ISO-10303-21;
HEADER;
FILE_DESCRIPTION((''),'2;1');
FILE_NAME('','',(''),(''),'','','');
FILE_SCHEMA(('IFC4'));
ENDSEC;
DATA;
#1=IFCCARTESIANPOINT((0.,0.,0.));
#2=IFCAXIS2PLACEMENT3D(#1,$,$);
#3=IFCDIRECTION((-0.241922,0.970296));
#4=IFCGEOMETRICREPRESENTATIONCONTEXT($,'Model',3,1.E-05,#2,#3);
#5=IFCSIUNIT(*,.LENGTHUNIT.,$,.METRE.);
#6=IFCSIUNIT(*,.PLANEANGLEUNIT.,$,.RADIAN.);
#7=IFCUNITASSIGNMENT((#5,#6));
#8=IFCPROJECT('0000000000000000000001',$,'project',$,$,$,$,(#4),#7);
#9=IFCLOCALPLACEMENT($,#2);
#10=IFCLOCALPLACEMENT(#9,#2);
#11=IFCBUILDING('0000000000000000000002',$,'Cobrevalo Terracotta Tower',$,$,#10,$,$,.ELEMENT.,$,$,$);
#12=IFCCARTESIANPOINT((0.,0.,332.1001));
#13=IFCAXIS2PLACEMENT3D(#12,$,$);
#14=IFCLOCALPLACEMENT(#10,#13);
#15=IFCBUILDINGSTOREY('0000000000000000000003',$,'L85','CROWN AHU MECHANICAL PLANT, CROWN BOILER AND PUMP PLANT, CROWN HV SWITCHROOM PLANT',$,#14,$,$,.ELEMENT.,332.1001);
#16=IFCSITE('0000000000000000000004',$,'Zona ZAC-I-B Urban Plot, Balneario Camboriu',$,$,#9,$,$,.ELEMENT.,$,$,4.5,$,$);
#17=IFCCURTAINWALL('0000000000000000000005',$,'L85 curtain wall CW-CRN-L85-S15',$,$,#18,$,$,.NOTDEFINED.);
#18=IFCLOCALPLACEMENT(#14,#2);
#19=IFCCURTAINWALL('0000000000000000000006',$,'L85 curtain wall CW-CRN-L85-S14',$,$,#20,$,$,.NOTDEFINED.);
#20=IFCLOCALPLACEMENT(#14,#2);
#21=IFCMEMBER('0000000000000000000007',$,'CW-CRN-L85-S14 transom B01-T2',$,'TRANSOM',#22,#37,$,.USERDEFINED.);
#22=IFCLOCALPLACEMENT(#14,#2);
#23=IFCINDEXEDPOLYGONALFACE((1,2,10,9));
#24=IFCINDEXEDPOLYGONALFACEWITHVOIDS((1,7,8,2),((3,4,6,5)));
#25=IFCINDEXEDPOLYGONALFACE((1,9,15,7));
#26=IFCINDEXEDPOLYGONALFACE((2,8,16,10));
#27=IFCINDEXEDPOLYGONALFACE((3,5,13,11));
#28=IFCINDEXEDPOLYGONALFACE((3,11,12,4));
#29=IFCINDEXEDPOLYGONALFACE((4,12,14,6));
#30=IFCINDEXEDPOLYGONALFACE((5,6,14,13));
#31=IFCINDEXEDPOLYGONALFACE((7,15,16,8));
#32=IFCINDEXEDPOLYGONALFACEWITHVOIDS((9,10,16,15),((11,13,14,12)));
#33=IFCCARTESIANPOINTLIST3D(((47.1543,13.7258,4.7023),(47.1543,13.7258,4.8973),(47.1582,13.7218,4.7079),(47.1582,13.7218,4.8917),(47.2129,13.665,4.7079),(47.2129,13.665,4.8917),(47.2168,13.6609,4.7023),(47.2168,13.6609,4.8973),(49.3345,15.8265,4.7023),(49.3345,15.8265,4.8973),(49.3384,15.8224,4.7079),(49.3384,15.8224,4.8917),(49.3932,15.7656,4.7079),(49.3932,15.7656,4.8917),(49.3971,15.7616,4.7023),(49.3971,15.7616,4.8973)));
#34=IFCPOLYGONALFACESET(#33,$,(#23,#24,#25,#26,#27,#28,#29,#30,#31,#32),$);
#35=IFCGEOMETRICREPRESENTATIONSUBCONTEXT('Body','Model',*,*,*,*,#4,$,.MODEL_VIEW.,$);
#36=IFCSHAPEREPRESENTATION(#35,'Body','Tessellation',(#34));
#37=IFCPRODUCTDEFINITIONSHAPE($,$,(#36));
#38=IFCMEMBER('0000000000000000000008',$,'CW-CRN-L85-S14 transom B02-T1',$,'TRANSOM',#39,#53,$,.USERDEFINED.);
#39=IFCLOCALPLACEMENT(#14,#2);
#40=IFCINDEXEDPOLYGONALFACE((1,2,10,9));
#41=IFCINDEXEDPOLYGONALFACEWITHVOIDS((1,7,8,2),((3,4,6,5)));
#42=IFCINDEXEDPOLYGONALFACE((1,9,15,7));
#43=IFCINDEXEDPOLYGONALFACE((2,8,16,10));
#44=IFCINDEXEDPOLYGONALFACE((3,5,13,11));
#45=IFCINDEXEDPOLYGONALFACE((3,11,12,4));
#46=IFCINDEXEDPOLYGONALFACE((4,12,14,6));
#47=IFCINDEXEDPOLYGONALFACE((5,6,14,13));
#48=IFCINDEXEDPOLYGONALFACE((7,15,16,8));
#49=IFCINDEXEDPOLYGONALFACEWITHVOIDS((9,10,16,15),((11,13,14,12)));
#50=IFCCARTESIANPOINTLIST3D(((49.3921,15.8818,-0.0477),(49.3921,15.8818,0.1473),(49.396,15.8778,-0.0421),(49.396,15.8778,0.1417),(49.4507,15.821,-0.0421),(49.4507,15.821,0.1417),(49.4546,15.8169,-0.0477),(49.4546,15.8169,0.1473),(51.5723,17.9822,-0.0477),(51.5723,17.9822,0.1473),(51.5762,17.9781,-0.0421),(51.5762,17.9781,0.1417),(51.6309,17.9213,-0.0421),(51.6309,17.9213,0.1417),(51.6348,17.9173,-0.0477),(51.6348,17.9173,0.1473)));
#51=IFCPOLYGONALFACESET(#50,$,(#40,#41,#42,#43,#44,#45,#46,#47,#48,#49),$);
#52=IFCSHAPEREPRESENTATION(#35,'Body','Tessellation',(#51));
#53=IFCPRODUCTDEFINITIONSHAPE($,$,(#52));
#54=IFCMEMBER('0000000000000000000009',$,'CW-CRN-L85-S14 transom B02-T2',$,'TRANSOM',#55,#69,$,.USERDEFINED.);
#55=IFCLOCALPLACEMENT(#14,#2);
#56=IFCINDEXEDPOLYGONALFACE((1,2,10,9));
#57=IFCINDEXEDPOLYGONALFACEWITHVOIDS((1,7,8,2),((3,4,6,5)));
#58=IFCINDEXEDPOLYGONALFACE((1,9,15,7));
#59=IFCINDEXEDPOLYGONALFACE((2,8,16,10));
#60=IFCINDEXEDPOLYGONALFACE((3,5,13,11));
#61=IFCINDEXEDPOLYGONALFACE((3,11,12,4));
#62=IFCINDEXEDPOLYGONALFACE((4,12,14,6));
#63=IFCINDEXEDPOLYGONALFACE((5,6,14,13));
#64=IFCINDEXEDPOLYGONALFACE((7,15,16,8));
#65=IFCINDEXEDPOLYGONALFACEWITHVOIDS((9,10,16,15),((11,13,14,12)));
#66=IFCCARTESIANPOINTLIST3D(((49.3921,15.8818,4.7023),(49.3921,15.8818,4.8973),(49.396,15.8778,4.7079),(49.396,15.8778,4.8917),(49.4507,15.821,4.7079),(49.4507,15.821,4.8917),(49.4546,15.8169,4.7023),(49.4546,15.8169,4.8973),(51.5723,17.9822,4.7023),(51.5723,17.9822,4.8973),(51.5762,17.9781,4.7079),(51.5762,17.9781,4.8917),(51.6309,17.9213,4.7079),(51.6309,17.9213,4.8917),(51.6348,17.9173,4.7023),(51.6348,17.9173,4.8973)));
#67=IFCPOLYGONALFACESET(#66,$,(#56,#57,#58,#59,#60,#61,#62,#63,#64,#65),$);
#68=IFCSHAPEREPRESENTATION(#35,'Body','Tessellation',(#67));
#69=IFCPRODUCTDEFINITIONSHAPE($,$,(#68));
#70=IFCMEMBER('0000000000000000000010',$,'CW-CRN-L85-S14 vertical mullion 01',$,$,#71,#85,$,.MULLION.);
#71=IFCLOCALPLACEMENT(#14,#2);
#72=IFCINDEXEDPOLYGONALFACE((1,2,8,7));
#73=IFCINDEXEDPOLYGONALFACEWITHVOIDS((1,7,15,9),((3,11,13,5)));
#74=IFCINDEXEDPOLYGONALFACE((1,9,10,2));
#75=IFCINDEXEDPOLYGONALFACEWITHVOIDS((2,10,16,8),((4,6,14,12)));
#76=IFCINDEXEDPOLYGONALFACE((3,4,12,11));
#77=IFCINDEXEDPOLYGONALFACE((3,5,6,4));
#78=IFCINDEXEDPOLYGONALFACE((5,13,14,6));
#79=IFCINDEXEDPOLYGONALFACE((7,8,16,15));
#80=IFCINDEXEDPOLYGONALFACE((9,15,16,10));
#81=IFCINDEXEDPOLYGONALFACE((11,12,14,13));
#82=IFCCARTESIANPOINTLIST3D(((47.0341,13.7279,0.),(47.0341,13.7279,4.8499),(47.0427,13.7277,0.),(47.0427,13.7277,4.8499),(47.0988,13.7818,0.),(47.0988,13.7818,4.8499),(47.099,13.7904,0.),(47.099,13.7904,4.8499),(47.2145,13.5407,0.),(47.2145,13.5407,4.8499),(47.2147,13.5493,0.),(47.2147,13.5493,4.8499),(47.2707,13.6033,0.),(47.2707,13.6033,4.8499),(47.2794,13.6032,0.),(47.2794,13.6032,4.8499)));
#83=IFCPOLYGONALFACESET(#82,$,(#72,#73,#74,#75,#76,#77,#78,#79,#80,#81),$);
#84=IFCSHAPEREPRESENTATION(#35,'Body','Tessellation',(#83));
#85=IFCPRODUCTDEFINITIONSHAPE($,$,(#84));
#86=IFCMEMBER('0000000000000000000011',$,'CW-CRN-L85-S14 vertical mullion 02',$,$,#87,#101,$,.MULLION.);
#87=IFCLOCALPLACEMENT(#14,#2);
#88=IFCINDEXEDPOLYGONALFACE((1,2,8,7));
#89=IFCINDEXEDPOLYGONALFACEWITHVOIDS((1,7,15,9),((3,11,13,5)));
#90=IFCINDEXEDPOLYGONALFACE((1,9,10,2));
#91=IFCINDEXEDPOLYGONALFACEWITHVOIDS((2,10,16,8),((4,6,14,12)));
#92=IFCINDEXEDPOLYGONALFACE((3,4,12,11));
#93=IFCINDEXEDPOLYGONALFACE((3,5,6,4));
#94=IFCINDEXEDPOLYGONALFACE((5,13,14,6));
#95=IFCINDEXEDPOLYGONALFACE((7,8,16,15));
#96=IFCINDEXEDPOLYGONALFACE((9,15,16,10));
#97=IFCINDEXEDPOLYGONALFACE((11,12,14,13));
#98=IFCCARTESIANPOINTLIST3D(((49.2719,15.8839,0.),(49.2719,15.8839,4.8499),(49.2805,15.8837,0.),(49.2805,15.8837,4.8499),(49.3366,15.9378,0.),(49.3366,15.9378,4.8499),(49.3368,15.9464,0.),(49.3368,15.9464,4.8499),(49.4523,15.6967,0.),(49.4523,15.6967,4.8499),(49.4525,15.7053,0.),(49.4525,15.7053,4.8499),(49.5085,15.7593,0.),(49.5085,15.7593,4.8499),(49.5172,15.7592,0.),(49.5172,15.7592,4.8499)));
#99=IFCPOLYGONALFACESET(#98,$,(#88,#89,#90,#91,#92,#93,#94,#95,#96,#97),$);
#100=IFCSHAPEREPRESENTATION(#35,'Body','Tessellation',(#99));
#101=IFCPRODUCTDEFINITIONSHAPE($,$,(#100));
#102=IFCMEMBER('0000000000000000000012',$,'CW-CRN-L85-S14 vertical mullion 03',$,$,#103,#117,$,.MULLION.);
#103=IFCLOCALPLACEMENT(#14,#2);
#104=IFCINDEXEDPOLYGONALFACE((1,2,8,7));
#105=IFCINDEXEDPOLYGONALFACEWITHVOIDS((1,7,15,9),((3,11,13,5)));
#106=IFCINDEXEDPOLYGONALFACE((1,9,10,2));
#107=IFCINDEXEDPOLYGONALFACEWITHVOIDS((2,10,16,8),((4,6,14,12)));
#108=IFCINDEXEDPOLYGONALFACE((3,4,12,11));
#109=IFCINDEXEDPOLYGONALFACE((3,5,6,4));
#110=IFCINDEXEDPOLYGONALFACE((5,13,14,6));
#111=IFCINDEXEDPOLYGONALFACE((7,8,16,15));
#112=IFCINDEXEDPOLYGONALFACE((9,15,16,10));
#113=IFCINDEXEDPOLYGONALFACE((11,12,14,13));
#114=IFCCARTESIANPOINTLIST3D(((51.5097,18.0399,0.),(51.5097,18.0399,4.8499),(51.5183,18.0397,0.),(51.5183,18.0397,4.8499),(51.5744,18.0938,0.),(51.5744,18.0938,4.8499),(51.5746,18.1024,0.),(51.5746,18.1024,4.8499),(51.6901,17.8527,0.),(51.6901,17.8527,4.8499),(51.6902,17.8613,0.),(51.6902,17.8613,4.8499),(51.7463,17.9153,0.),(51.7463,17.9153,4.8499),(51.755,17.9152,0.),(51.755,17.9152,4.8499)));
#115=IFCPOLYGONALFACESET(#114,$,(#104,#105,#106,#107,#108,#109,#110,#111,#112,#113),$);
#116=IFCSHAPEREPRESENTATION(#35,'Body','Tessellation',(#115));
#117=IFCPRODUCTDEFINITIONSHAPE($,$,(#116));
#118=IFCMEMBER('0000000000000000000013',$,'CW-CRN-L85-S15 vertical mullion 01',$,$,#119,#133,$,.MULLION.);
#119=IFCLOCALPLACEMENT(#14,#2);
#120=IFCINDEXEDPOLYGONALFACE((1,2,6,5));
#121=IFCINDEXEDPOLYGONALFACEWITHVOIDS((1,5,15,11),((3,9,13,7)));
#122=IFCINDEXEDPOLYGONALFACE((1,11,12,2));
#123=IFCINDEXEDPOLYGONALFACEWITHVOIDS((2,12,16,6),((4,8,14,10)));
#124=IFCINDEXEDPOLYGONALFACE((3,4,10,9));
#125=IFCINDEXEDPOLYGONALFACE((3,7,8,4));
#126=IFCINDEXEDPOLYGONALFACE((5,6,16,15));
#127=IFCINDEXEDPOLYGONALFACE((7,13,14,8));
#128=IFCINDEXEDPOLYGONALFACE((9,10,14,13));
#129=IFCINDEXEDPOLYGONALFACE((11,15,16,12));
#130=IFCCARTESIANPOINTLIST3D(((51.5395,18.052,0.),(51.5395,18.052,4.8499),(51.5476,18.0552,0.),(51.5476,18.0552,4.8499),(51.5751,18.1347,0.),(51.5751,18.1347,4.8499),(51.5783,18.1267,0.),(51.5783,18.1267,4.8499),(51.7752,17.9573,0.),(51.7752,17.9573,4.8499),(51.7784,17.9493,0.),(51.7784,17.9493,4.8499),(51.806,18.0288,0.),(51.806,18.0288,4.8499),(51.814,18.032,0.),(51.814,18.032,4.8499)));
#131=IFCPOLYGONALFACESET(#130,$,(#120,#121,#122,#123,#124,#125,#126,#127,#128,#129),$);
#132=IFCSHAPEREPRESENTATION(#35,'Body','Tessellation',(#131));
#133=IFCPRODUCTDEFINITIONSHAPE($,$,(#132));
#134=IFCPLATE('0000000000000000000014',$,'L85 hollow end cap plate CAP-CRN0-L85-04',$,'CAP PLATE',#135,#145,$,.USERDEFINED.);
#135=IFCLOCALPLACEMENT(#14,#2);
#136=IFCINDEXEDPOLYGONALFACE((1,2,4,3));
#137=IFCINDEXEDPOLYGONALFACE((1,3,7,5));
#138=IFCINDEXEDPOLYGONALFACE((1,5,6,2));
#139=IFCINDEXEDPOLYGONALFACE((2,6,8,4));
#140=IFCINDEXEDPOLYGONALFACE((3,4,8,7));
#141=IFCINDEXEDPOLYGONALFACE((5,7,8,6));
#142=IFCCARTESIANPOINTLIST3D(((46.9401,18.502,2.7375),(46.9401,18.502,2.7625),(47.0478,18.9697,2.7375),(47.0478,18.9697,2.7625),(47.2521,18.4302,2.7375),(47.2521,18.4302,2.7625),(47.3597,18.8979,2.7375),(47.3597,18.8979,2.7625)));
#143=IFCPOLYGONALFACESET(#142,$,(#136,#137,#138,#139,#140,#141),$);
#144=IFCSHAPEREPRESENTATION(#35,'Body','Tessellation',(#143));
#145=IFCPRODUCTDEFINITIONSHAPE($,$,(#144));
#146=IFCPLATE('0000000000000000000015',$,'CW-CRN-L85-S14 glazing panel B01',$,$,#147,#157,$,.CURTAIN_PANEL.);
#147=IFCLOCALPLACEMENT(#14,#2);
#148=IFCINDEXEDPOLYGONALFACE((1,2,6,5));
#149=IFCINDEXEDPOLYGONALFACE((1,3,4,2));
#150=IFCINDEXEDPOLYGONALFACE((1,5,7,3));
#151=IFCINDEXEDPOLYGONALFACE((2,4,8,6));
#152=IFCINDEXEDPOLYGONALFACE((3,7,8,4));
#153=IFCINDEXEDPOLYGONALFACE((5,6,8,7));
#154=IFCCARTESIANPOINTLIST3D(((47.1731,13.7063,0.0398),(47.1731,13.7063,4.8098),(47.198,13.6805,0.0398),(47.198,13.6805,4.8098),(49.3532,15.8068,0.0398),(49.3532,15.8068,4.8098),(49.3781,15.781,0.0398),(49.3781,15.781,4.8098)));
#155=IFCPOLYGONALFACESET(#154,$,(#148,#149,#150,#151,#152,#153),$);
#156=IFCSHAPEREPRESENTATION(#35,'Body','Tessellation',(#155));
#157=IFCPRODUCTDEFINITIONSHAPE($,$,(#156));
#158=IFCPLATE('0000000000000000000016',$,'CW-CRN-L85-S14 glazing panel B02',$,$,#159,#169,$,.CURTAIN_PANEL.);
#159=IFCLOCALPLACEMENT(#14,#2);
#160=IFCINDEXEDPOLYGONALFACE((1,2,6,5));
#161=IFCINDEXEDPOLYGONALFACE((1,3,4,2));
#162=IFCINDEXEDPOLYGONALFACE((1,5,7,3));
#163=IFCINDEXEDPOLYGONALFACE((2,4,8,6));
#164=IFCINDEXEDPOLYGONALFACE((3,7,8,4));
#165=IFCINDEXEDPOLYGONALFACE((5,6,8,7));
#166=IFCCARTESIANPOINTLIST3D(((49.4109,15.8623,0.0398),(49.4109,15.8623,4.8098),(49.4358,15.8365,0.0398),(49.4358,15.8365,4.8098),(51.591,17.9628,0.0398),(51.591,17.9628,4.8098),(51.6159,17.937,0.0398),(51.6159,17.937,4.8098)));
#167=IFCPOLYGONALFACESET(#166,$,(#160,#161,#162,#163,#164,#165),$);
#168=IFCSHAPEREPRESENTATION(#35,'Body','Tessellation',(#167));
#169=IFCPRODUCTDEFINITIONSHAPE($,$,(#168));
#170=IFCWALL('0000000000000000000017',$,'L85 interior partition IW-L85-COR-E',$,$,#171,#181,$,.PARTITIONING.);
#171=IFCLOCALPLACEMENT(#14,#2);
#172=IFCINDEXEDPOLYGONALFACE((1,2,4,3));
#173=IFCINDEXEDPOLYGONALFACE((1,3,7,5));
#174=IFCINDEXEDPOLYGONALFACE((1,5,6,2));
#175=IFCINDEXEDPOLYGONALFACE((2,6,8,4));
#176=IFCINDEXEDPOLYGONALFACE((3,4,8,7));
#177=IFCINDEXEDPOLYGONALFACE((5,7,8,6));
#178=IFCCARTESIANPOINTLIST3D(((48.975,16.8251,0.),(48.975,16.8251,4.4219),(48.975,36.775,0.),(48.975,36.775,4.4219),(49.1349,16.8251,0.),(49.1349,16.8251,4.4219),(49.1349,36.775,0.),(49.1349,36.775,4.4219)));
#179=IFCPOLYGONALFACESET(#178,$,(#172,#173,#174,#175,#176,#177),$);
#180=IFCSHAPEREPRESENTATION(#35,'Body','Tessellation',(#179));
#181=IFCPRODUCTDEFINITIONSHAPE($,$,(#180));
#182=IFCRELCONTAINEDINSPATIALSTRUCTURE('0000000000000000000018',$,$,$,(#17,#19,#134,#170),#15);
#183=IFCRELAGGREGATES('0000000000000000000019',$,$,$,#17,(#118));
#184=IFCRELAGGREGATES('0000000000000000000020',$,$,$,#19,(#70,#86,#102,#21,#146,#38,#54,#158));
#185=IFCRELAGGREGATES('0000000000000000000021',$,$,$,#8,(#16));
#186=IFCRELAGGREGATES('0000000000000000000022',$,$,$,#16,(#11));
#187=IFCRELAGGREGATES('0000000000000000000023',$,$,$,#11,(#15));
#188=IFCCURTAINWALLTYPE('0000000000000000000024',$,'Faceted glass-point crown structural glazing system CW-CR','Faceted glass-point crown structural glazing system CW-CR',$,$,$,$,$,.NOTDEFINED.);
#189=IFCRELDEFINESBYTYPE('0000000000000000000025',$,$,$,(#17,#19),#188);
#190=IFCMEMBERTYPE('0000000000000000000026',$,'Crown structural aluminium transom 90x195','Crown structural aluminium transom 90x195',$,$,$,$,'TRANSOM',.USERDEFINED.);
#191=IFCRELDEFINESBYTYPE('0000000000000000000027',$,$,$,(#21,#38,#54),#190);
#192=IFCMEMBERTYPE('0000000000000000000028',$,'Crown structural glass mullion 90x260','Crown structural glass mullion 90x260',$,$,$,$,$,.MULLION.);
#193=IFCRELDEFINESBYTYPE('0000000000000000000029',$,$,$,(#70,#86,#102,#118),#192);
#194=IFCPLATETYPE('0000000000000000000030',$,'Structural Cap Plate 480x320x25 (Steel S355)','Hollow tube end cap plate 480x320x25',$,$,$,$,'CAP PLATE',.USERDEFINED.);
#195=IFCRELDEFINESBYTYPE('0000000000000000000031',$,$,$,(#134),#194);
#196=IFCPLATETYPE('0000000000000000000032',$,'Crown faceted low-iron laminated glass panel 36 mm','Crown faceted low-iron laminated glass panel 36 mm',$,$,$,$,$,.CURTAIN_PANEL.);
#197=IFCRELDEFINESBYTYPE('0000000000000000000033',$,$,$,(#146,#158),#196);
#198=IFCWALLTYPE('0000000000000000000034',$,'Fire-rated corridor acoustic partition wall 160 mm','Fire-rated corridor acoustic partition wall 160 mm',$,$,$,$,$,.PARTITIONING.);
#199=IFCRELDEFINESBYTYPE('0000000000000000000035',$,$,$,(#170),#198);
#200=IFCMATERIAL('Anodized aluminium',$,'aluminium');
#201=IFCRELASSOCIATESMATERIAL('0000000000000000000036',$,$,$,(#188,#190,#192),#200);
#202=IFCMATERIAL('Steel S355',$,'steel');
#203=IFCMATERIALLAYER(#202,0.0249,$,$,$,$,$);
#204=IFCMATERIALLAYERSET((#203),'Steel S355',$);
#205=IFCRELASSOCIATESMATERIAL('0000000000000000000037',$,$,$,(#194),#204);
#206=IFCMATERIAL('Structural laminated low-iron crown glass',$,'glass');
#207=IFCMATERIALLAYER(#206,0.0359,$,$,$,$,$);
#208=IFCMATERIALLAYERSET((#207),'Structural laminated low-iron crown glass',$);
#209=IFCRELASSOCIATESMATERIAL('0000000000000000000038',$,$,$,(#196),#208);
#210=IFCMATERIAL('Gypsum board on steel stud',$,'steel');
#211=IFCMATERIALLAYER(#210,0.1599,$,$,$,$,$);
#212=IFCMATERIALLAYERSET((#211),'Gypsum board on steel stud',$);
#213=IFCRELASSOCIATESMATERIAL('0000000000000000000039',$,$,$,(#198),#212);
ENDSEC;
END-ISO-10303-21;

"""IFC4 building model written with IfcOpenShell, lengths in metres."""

from ifc_helpers import new_model, si_unit, direction, frame, frame_2d, origin, origin_2d, place, context, subcontext, project, spatial, rectangle, hollow_rectangle, extrude, source, transform, mapped, material, layer, layer_set, material_profile, profile_set, type_object, element, aggregate, save


model = new_model("IFC4")

# Units and contexts
model_context = context("Model", 3, precision=1e-05, world=origin(), true_north=direction((-0.241922, 0.970296)))
body_context = subcontext(model_context, "Body", "Model", "MODEL_VIEW")
ifc_project = project(units=[si_unit("LENGTHUNIT", "METRE"), si_unit("PLANEANGLEUNIT", "RADIAN")], contexts=[model_context])

# Site, building, storey
site_placement = place(None, origin())
site = spatial("IfcSite", under=ifc_project, at=site_placement, Name="Zona ZAC-I-B Urban Plot, Balneario Camboriu", CompositionType="ELEMENT", RefElevation=4.5)
building_placement = place(site_placement, origin())
building = spatial("IfcBuilding", under=site, at=building_placement, Name="Cobrevalo Terracotta Tower", CompositionType="ELEMENT")
storey_placement = place(building_placement, frame((0.0, 0.0, 332.1001)))
storey = spatial("IfcBuildingStorey", under=building, at=storey_placement, Name="L85", Description="CROWN AHU MECHANICAL PLANT, CROWN BOILER AND PUMP PLANT, CROWN HV SWITCHROOM PLANT", CompositionType="ELEMENT", Elevation=332.1001)

# Shared definitions
ifc_material_1 = material(Name="Steel S355", Category="steel")

# Curtain walls, members
ifc_material_2 = material(Name="Anodized aluminium", Category="aluminium")
curtain_wall_type = type_object("IfcCurtainWallType", Name="Faceted glass-point crown structural glazing system CW-CR", Description="Faceted glass-point crown structural glazing system CW-CR", PredefinedType="NOTDEFINED", material=ifc_material_2)
curtain_wall_1_placement = place(storey_placement, origin())
curtain_wall_1 = element("IfcCurtainWall", 1, at=curtain_wall_1_placement, inside=storey, type_object=curtain_wall_type, Name="L85 curtain wall CW-CRN-L85-S15", PredefinedType="NOTDEFINED")
ifc_material_profile_1 = material_profile(ifc_material_2, hollow_rectangle(XDim=0.0901, YDim=0.1951, WallThickness=0.0056, at=origin_2d()), Name="CWT 90x195")
ifc_profile_set_1 = profile_set([ifc_material_profile_1], Name="Anodized aluminium")
member_type_1 = type_object("IfcMemberType", Name="Crown structural aluminium transom 90x195", Description="Crown structural aluminium transom 90x195", ElementType="TRANSOM", PredefinedType="USERDEFINED", material=ifc_profile_set_1)
curtain_wall_2_placement = place(storey_placement, origin())
curtain_wall_2 = element("IfcCurtainWall", 2, at=curtain_wall_2_placement, inside=storey, type_object=curtain_wall_type, Name="L85 curtain wall CW-CRN-L85-S14", PredefinedType="NOTDEFINED")
shared_shape_1 = source(origin(), body_context, "Body", "SweptSolid", [
    extrude(hollow_rectangle(XDim=0.0901, YDim=0.1951, WallThickness=0.0056, at=origin_2d()), origin(), (0.0, 0.0, 1.0), 3.0276),
])
member_1_placement = place(storey_placement, frame((47.1855, 13.6934, 4.7998), z_axis=(0.720129, 0.69384, 0.0), x_axis=(-0.69384, 0.720129, 0.0)))
member_1 = element("IfcMember", 3, at=member_1_placement, type_object=member_type_1, Name="CW-CRN-L85-S14 transom B01-T2", ObjectType="TRANSOM", PredefinedType="USERDEFINED", context=body_context, shape_type="MappedRepresentation", body=[
    mapped(shared_shape_1, transform((0.0, 0.0, 0.0), scale=1.0)),
])
shared_shape_2 = source(origin(), body_context, "Body", "SweptSolid", [
    extrude(hollow_rectangle(XDim=0.0901, YDim=0.1951, WallThickness=0.0056, at=origin_2d()), origin(), (0.0, 0.0, 1.0), 3.0273),
])
member_2_placement = place(storey_placement, frame((49.4233, 15.8494, 0.0498), z_axis=(0.720169, 0.693798, 0.0), x_axis=(-0.693798, 0.720169, 0.0)))
member_2 = element("IfcMember", 4, at=member_2_placement, type_object=member_type_1, Name="CW-CRN-L85-S14 transom B02-T1", ObjectType="TRANSOM", PredefinedType="USERDEFINED", context=body_context, shape_type="MappedRepresentation", body=[
    mapped(shared_shape_2, transform((0.0, 0.0, 0.0), scale=1.0)),
])
member_3_placement = place(storey_placement, frame((49.4233, 15.8494, 4.7998), z_axis=(0.720169, 0.693798, 0.0), x_axis=(-0.693798, 0.720169, 0.0)))
member_3 = element("IfcMember", 5, at=member_3_placement, type_object=member_type_1, Name="CW-CRN-L85-S14 transom B02-T2", ObjectType="TRANSOM", PredefinedType="USERDEFINED", context=body_context, shape_type="MappedRepresentation", body=[
    mapped(shared_shape_2, transform((0.0, 0.0, 0.0), scale=1.0)),
])
ifc_material_profile_2 = material_profile(ifc_material_2, hollow_rectangle(XDim=0.0901, YDim=0.26, WallThickness=0.0061, at=origin_2d()), Name="CWM 90x260")
ifc_profile_set_2 = profile_set([ifc_material_profile_2], Name="Anodized aluminium")
member_type_2 = type_object("IfcMemberType", Name="Crown structural glass mullion 90x260", Description="Crown structural glass mullion 90x260", PredefinedType="MULLION", material=ifc_profile_set_2)
shared_shape_3 = source(origin(), body_context, "Body", "SweptSolid", [
    extrude(hollow_rectangle(XDim=0.0901, YDim=0.26, WallThickness=0.0061, at=origin_2d()), origin(), (0.0, 0.0, 1.0), 4.8499),
])
member_4_placement = place(storey_placement, frame((47.1567, 13.6655, 0.0), z_axis=(0.0, 0.0, 1.0), x_axis=(0.72014, 0.693829, 0.0)))
member_4 = element("IfcMember", 6, at=member_4_placement, type_object=member_type_2, Name="CW-CRN-L85-S14 vertical mullion 01", PredefinedType="MULLION", context=body_context, shape_type="MappedRepresentation", body=[
    mapped(shared_shape_3, transform((0.0, 0.0, 0.0), scale=1.0)),
])
member_5_placement = place(storey_placement, frame((49.3945, 15.8215, 0.0), z_axis=(0.0, 0.0, 1.0), x_axis=(0.72014, 0.693829, 0.0)))
member_5 = element("IfcMember", 7, at=member_5_placement, type_object=member_type_2, Name="CW-CRN-L85-S14 vertical mullion 02", PredefinedType="MULLION", context=body_context, shape_type="MappedRepresentation", body=[
    mapped(shared_shape_3, transform((0.0, 0.0, 0.0), scale=1.0)),
])
member_6_placement = place(storey_placement, frame((51.6323, 17.9775, 0.0), z_axis=(0.0, 0.0, 1.0), x_axis=(0.72014, 0.693829, 0.0)))
member_6 = element("IfcMember", 8, at=member_6_placement, type_object=member_type_2, Name="CW-CRN-L85-S14 vertical mullion 03", PredefinedType="MULLION", context=body_context, shape_type="MappedRepresentation", body=[
    mapped(shared_shape_3, transform((0.0, 0.0, 0.0), scale=1.0)),
])

# Member
member_7_placement = place(storey_placement, frame((51.6768, 18.042, 0.0), z_axis=(0.0, 0.0, 1.0), x_axis=(0.394968, 0.918695, 0.0)))
member_7 = element("IfcMember", 9, at=member_7_placement, type_object=member_type_2, Name="CW-CRN-L85-S15 vertical mullion 01", PredefinedType="MULLION", context=body_context, shape_type="MappedRepresentation", body=[
    mapped(shared_shape_3, transform((0.0, 0.0, 0.0), scale=1.0)),
])
aggregate(curtain_wall_1, [member_7])

# Plates
ifc_layer_1 = layer(ifc_material_1, 0.0249)
ifc_layer_set_1 = layer_set([ifc_layer_1], Name="Steel S355")
plate_type_1 = type_object("IfcPlateType", Name="Structural Cap Plate 480x320x25 (Steel S355)", Description="Hollow tube end cap plate 480x320x25", ElementType="CAP PLATE", PredefinedType="USERDEFINED", material=ifc_layer_set_1)
shared_shape_4 = source(origin(), body_context, "Body", "SweptSolid", [
    extrude(rectangle(XDim=0.48, YDim=0.3201, at=origin_2d()), origin(), (0.0, 0.0, 1.0), 0.0249),
])
plate_1_placement = place(storey_placement, frame((47.1499, 18.7, 2.7375), z_axis=(0.0, 0.0, 1.0), x_axis=(-0.224221, -0.974538, 0.0)))
element("IfcPlate", 10, at=plate_1_placement, inside=storey, type_object=plate_type_1, Name="L85 hollow end cap plate CAP-CRN0-L85-04", ObjectType="CAP PLATE", PredefinedType="USERDEFINED", context=body_context, shape_type="MappedRepresentation", body=[
    mapped(shared_shape_4, transform((0.0, 0.0, 0.0), scale=1.0)),
])
ifc_material_3 = material(Name="Structural laminated low-iron crown glass", Category="glass")
ifc_layer_2 = layer(ifc_material_3, 0.0359)
ifc_layer_set_2 = layer_set([ifc_layer_2], Name="Structural laminated low-iron crown glass")
plate_type_2 = type_object("IfcPlateType", Name="Crown faceted low-iron laminated glass panel 36 mm", Description="Crown faceted low-iron laminated glass panel 36 mm", PredefinedType="CURTAIN_PANEL", material=ifc_layer_set_2)
shared_shape_5 = source(origin(), body_context, "Body", "SweptSolid", [
    extrude(rectangle(XDim=3.0273, YDim=0.0359, at=origin_2d()), origin(), (0.0, 0.0, 1.0), 4.77),
])
plate_2_placement = place(storey_placement, frame((48.2756, 14.7437, 0.0398), z_axis=(0.0, 0.0, 1.0), x_axis=(0.720133, 0.693836, 0.0)))
plate_2 = element("IfcPlate", 11, at=plate_2_placement, type_object=plate_type_2, Name="CW-CRN-L85-S14 glazing panel B01", PredefinedType="CURTAIN_PANEL", context=body_context, shape_type="MappedRepresentation", body=[
    mapped(shared_shape_5, transform((0.0, 0.0, 0.0), scale=1.0)),
])
plate_3_placement = place(storey_placement, frame((50.5134, 16.8997, 0.0398), z_axis=(0.0, 0.0, 1.0), x_axis=(0.720133, 0.693836, 0.0)))
plate_3 = element("IfcPlate", 12, at=plate_3_placement, type_object=plate_type_2, Name="CW-CRN-L85-S14 glazing panel B02", PredefinedType="CURTAIN_PANEL", context=body_context, shape_type="MappedRepresentation", body=[
    mapped(shared_shape_5, transform((0.0, 0.0, 0.0), scale=1.0)),
])
aggregate(curtain_wall_2, [member_4, member_5, member_6, member_1, plate_2, member_2, member_3, plate_3])

# Wall
ifc_material_4 = material(Name="Gypsum board on steel stud", Category="steel")
ifc_layer_3 = layer(ifc_material_4, 0.1599)
ifc_layer_set_3 = layer_set([ifc_layer_3], Name="Gypsum board on steel stud")
wall_type = type_object("IfcWallType", Name="Fire-rated corridor acoustic partition wall 160 mm", Description="Fire-rated corridor acoustic partition wall 160 mm", PredefinedType="PARTITIONING", material=ifc_layer_set_3)
wall_placement = place(storey_placement, frame((49.0549, 16.825, 0.0), z_axis=(0.0, 0.0, 1.0), x_axis=(0.0, 1.0, 0.0)))
element("IfcWall", 13, at=wall_placement, inside=storey, type_object=wall_type, Name="L85 interior partition IW-L85-COR-E", PredefinedType="PARTITIONING", context=body_context, shape_type="SweptSolid", body=[
    extrude(rectangle(XDim=19.95, YDim=0.1599, at=frame_2d((9.9751, 0.0))), origin(), (0.0, 0.0, 1.0), 4.4219),
])

save(model, "model.ifc")
